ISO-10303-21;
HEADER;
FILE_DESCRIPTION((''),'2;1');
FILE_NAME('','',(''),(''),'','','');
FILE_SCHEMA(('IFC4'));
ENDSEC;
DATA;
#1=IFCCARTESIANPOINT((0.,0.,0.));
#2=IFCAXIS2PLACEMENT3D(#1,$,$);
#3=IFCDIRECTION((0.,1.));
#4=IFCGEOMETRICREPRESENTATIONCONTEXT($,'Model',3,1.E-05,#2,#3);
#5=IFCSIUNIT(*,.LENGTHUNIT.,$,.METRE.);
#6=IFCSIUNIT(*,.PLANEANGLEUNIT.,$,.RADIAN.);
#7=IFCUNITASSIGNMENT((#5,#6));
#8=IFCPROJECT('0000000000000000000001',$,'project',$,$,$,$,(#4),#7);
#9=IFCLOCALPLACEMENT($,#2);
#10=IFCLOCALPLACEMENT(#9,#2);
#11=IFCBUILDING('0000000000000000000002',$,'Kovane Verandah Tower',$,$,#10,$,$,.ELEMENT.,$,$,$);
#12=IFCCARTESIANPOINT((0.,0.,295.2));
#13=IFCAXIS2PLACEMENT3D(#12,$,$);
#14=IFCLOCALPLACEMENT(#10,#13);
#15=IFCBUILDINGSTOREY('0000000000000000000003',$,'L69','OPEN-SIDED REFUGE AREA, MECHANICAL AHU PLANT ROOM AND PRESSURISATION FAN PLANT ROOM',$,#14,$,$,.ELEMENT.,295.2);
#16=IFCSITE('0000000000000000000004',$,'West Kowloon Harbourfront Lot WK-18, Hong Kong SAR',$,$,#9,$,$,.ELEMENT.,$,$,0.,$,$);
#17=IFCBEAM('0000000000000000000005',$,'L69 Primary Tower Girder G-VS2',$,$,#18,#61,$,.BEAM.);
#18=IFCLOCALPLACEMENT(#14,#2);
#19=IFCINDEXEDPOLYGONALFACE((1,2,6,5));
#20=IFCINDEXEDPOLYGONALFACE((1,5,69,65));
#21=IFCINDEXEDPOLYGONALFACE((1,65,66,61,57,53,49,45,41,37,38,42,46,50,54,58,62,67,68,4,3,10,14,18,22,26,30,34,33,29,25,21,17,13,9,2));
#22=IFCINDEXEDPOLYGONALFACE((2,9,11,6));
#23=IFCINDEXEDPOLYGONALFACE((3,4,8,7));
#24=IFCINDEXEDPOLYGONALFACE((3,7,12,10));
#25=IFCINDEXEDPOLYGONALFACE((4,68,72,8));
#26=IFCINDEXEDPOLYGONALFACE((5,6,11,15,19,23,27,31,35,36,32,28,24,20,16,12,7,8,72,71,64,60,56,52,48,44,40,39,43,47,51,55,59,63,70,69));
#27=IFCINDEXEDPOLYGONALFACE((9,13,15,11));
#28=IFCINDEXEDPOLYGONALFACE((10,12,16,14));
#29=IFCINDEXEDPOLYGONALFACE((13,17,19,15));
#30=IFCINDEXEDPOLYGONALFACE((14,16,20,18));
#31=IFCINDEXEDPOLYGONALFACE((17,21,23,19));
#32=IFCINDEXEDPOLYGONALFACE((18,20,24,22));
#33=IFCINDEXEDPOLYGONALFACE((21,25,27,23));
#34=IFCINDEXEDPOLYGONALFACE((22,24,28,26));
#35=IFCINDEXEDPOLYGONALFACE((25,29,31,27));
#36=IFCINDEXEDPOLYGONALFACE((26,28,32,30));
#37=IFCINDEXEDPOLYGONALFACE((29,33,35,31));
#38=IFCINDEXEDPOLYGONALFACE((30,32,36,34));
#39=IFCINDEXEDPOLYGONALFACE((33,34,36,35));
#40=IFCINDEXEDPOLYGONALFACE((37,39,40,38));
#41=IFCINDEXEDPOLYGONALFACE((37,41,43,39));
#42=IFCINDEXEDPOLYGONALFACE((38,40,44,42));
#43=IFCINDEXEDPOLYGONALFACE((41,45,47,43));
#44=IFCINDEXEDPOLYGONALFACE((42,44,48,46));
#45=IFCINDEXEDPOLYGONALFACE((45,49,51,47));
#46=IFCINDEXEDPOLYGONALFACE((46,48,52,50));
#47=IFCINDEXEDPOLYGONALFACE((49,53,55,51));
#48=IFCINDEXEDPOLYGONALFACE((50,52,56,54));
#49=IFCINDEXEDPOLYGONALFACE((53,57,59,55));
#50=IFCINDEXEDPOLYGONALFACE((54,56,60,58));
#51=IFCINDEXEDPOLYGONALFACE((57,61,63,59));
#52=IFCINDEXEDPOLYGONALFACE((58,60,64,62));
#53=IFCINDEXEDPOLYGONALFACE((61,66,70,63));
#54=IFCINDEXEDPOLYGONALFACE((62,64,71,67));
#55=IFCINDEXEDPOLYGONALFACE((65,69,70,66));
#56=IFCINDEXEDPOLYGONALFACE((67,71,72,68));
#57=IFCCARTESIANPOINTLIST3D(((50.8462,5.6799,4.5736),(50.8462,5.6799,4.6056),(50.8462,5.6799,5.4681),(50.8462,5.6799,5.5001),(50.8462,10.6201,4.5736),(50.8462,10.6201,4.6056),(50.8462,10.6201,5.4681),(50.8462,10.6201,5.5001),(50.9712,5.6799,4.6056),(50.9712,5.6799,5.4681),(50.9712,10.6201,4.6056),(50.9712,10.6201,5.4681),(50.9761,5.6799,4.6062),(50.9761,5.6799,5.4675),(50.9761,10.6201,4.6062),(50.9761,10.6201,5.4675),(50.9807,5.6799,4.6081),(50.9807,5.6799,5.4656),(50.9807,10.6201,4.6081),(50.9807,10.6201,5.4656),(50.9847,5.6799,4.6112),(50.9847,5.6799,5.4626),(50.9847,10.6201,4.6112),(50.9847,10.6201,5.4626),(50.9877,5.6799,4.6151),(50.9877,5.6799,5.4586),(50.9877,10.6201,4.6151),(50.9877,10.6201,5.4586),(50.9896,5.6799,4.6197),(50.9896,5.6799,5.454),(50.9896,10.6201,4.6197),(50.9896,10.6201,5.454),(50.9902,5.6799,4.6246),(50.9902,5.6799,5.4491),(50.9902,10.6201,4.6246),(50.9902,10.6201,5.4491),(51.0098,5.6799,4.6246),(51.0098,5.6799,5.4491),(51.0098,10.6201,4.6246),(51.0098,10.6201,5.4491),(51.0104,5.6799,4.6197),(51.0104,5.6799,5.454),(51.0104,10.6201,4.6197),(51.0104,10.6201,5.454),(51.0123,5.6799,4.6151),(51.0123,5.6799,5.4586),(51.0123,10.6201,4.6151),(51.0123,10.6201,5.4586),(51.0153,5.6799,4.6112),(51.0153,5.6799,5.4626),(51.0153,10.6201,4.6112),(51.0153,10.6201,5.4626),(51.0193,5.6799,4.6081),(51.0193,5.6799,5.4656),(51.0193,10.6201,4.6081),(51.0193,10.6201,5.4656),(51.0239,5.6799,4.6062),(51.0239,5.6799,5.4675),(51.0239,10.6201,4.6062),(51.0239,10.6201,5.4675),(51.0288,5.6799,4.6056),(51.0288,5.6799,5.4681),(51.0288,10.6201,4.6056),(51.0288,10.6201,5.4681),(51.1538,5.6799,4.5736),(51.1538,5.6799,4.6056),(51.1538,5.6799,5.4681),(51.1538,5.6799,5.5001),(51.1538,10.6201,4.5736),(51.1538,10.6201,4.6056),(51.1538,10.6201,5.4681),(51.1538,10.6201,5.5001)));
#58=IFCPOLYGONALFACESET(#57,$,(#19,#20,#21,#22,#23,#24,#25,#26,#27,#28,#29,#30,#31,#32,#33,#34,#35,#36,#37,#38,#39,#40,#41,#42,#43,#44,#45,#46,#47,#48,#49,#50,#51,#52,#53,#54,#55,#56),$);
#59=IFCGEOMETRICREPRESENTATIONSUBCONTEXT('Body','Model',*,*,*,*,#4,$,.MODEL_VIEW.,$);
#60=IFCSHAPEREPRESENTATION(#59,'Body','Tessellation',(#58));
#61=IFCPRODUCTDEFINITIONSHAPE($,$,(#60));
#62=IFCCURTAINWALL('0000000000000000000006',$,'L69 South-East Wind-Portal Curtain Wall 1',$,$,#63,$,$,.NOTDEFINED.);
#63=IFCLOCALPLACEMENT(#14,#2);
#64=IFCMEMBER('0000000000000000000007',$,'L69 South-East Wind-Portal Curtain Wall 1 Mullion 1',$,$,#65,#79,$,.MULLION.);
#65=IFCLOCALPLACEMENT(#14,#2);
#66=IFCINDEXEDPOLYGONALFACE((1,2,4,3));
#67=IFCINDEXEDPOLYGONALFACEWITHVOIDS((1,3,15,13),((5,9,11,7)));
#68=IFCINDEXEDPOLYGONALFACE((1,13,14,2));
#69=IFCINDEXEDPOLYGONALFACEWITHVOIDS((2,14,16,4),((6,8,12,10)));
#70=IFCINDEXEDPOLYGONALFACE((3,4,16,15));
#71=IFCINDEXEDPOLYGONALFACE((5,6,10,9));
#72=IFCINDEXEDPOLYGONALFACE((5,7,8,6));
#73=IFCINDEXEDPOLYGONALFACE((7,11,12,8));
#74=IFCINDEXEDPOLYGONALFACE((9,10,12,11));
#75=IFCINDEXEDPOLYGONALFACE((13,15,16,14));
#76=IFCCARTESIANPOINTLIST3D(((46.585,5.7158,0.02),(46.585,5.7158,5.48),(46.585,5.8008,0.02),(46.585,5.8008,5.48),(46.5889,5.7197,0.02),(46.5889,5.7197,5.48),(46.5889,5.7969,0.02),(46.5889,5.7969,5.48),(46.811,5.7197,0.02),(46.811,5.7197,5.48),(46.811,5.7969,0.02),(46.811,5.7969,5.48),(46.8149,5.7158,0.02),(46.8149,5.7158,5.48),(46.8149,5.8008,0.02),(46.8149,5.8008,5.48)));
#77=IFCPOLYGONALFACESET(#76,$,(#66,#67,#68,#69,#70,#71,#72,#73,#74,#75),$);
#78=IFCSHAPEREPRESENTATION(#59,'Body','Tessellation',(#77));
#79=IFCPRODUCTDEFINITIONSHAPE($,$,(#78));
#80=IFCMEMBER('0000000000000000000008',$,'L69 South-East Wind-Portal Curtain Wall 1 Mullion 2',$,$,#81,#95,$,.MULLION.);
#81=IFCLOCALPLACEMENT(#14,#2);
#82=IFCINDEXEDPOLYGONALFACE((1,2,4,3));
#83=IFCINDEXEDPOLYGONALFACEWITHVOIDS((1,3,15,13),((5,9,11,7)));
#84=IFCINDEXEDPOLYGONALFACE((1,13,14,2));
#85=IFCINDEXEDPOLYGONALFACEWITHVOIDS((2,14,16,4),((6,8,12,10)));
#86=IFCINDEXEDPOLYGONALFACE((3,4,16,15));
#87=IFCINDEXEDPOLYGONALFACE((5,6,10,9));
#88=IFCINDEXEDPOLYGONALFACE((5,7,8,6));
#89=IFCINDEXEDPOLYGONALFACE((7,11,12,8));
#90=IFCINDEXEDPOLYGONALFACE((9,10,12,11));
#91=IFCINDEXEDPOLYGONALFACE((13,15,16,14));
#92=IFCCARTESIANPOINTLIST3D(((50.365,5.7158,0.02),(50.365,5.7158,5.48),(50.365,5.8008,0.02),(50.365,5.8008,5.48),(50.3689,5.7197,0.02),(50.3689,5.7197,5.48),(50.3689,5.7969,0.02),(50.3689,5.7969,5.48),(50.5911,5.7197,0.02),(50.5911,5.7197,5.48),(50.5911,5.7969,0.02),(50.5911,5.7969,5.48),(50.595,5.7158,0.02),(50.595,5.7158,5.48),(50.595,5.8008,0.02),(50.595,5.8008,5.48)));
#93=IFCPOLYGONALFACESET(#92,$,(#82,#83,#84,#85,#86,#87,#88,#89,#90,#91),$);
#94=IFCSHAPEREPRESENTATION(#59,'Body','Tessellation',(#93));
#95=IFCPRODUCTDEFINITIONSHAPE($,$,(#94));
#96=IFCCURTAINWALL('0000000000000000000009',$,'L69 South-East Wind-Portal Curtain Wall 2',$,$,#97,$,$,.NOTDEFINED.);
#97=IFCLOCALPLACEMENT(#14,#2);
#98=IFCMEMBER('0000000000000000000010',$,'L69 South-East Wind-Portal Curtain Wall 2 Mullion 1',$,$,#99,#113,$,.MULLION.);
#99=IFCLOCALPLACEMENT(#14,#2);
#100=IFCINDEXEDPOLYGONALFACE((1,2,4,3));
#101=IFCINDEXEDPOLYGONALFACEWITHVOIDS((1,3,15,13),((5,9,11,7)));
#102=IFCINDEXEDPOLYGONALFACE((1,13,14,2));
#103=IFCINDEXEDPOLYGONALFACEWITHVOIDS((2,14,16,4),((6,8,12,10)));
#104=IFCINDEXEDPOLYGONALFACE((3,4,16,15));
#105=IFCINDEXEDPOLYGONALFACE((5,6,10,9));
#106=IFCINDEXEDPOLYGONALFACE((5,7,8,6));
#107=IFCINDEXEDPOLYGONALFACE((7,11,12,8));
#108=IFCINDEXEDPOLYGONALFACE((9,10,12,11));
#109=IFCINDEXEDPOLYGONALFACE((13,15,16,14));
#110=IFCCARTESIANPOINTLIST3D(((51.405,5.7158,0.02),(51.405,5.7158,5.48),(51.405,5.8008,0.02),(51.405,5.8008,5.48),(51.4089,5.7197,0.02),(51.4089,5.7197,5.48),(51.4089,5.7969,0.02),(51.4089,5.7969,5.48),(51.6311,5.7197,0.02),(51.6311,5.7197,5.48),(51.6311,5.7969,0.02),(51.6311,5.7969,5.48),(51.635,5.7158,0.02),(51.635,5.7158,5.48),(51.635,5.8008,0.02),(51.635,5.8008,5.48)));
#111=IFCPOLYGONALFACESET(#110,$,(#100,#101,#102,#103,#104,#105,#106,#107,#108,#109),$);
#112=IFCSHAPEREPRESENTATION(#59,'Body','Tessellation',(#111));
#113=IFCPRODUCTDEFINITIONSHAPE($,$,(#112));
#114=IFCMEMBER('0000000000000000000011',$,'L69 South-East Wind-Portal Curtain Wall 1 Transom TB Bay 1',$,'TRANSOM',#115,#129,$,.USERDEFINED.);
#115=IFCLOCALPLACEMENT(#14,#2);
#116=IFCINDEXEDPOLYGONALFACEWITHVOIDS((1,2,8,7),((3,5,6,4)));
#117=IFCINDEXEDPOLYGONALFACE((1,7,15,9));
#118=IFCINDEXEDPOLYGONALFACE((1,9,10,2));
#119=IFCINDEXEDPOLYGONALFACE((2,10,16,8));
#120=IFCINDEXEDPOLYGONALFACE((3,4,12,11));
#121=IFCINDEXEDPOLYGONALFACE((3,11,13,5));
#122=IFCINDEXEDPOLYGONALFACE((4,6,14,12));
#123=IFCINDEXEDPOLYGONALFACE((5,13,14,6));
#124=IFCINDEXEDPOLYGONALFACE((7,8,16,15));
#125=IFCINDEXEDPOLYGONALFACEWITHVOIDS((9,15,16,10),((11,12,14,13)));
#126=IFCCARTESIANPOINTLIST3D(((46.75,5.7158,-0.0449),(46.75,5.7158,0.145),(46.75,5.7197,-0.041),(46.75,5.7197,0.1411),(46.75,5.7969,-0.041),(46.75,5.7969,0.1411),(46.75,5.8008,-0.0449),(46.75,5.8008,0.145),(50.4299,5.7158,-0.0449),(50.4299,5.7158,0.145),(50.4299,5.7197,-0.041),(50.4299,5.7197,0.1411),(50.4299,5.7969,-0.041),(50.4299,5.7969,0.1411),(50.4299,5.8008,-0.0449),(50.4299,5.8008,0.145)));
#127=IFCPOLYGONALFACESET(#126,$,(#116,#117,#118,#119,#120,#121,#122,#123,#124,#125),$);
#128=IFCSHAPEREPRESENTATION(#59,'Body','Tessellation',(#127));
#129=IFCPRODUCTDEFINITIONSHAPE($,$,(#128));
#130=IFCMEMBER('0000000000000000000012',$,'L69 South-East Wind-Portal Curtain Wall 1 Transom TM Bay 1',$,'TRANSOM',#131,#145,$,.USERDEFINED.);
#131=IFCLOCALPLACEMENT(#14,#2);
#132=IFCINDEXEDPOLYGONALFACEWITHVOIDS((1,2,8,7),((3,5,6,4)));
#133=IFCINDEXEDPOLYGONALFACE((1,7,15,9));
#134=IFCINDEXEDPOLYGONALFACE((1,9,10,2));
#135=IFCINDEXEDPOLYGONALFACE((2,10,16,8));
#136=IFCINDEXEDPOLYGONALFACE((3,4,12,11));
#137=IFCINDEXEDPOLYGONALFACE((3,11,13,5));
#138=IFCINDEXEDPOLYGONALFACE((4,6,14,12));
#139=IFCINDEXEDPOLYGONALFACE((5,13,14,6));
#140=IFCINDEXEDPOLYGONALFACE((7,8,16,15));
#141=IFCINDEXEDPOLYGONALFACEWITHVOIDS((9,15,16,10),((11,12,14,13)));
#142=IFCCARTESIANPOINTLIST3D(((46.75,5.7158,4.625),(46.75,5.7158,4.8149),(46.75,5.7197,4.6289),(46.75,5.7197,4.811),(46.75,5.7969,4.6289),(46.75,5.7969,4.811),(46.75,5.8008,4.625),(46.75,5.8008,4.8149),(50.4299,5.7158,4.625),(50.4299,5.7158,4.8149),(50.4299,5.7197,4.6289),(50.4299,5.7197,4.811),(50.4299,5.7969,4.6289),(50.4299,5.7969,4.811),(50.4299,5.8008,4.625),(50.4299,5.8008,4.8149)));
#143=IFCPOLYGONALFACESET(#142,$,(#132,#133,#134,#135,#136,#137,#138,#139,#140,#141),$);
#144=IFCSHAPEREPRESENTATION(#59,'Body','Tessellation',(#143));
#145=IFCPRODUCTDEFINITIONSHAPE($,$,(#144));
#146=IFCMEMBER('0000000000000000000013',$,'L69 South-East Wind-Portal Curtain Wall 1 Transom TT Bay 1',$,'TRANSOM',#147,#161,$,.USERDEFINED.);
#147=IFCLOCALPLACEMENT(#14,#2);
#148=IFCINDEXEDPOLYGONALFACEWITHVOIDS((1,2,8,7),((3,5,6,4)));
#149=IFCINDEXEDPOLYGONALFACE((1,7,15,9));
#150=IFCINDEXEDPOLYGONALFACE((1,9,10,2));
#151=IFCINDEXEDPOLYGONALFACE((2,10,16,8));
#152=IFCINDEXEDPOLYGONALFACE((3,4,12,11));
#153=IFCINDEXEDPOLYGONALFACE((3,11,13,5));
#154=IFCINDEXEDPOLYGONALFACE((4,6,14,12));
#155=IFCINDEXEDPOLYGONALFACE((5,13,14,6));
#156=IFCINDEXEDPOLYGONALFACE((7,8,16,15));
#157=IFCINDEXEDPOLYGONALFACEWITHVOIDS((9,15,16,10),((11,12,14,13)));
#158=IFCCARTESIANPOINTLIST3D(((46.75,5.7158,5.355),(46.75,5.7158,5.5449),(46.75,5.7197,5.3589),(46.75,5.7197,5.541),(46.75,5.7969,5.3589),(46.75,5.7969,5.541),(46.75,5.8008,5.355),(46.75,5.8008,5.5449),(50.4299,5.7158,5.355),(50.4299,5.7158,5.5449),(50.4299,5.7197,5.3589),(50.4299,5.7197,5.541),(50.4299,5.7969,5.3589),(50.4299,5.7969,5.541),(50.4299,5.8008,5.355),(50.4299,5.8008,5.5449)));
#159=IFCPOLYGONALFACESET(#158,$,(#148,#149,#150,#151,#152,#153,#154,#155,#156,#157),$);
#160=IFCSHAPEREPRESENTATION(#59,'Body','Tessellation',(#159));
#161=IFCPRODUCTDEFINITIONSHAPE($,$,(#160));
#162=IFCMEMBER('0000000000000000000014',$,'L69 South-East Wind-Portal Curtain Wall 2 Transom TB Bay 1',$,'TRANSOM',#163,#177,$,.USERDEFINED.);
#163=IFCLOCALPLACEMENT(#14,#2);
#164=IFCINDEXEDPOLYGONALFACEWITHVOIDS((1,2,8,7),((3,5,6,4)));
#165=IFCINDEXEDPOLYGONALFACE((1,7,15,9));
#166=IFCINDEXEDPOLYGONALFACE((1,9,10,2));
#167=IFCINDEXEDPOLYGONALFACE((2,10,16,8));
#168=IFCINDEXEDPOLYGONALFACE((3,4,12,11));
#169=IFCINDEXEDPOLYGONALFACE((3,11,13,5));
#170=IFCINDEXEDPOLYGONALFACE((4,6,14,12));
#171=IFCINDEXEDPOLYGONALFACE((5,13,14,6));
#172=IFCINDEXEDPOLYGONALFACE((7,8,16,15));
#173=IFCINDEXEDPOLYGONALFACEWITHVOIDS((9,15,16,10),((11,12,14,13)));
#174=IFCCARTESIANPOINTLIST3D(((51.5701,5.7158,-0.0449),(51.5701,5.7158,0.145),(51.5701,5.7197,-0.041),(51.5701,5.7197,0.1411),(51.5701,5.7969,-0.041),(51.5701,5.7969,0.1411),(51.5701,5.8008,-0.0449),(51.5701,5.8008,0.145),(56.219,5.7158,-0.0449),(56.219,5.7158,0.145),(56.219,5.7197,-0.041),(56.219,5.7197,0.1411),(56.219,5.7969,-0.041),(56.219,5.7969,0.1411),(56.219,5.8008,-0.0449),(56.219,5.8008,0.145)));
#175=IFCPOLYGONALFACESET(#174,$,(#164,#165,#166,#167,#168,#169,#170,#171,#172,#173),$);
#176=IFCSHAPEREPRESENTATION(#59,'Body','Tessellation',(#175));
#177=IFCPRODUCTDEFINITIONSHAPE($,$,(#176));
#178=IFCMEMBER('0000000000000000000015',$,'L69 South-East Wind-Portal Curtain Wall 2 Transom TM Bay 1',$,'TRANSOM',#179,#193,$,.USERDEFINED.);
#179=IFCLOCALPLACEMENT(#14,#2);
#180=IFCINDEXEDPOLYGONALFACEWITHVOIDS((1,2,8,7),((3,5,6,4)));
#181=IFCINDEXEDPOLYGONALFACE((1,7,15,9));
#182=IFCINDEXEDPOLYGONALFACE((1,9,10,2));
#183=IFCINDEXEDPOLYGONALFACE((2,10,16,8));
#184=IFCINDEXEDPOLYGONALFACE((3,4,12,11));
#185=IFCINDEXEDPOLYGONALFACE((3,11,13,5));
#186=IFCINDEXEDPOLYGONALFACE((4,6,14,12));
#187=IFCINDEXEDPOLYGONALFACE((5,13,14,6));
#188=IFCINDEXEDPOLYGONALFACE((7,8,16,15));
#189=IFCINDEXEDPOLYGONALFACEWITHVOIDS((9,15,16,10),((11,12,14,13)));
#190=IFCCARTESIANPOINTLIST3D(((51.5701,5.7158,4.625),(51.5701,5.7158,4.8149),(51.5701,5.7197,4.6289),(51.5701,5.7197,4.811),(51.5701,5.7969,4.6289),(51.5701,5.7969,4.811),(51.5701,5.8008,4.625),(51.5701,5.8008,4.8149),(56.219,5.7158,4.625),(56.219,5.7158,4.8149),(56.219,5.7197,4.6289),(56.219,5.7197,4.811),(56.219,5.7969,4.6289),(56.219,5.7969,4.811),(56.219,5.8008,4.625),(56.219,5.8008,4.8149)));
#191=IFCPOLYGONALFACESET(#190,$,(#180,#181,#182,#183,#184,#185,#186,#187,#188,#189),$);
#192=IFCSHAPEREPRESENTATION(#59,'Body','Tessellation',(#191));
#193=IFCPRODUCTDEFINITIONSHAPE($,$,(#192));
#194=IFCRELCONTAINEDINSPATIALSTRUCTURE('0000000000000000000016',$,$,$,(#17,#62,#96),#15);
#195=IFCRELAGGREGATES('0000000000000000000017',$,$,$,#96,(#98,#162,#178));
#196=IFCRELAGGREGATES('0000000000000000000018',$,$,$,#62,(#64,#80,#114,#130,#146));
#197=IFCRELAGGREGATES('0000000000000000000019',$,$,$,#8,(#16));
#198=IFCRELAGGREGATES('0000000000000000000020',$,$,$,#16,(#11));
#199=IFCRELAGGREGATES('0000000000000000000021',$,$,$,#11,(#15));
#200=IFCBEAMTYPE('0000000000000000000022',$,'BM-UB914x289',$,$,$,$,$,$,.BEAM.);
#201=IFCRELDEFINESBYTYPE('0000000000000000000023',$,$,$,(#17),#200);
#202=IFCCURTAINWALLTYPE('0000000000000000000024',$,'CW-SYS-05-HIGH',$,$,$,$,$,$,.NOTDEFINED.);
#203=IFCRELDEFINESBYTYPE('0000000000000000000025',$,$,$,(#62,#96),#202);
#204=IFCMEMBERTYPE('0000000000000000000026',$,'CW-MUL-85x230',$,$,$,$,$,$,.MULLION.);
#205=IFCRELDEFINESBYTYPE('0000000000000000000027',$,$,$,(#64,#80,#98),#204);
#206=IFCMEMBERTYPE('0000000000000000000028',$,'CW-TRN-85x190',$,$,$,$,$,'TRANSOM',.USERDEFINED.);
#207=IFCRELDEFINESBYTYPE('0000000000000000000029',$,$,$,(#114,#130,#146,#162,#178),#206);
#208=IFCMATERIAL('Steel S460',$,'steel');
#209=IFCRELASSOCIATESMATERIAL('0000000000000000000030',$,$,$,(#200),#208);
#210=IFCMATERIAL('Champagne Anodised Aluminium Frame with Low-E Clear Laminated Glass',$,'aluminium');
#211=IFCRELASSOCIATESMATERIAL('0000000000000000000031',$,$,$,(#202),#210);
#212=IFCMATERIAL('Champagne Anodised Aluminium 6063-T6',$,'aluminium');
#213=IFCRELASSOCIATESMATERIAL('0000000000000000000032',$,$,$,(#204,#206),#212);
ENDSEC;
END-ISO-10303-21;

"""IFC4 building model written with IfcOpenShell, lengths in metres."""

from ifc_helpers import new_model, si_unit, direction, frame, origin, origin_2d, place, context, subcontext, project, spatial, hollow_rectangle, i_section, extrude, material, material_profile, profile_set, type_object, element, aggregate, save


model = new_model("IFC4")

# Units and contexts
model_context = context("Model", 3, precision=1e-05, world=origin(), true_north=direction((0.0, 1.0)))
body_context = subcontext(model_context, "Body", "Model", "MODEL_VIEW")
ifc_project = project(units=[si_unit("LENGTHUNIT", "METRE"), si_unit("PLANEANGLEUNIT", "RADIAN")], contexts=[model_context])

# Site, building, storey
site_placement = place(None, origin())
site = spatial("IfcSite", under=ifc_project, at=site_placement, Name="West Kowloon Harbourfront Lot WK-18, Hong Kong SAR", CompositionType="ELEMENT", RefElevation=0.0)
building_placement = place(site_placement, origin())
building = spatial("IfcBuilding", under=site, at=building_placement, Name="Kovane Verandah Tower", CompositionType="ELEMENT")
storey_placement = place(building_placement, frame((0.0, 0.0, 295.2)))
storey = spatial("IfcBuildingStorey", under=building, at=storey_placement, Name="L69", Description="OPEN-SIDED REFUGE AREA, MECHANICAL AHU PLANT ROOM AND PRESSURISATION FAN PLANT ROOM", CompositionType="ELEMENT", Elevation=295.2)

# Shared definitions
ifc_material_1 = material(Name="Steel S460", Category="steel")

# Beam
ifc_material_profile_1 = material_profile(ifc_material_1, i_section(OverallWidth=0.3076, OverallDepth=0.9265, WebThickness=0.0195, FlangeThickness=0.032, FilletRadius=0.019, at=origin_2d()), Name="UB914x305x289")
ifc_profile_set_1 = profile_set([ifc_material_profile_1], Name="Steel S460")
beam_type = type_object("IfcBeamType", Name="BM-UB914x289", PredefinedType="BEAM", material=ifc_profile_set_1)
beam_1_placement = place(storey_placement, frame((51.0, 10.6201, 5.0369), z_axis=(0.0, -1.0, 0.0), x_axis=(1.0, 0.0, 0.0)))
element("IfcBeam", 1, at=beam_1_placement, inside=storey, type_object=beam_type, Name="L69 Primary Tower Girder G-VS2", PredefinedType="BEAM", context=body_context, shape_type="SweptSolid", body=[
    extrude(i_section(OverallWidth=0.3076, OverallDepth=0.9265, WebThickness=0.0195, FlangeThickness=0.032, FilletRadius=0.019, at=origin_2d()), origin(), (0.0, 0.0, 1.0), 4.9402),
])

# Curtain wall, members
ifc_material_2 = material(Name="Champagne Anodised Aluminium Frame with Low-E Clear Laminated Glass", Category="aluminium")
curtain_wall_type = type_object("IfcCurtainWallType", Name="CW-SYS-05-HIGH", PredefinedType="NOTDEFINED", material=ifc_material_2)
curtain_wall_1_placement = place(storey_placement, origin())
curtain_wall_1 = element("IfcCurtainWall", 2, at=curtain_wall_1_placement, inside=storey, type_object=curtain_wall_type, Name="L69 South-East Wind-Portal Curtain Wall 1", PredefinedType="NOTDEFINED")
ifc_material_3 = material(Name="Champagne Anodised Aluminium 6063-T6", Category="aluminium")
ifc_material_profile_2 = material_profile(ifc_material_3, hollow_rectangle(XDim=0.085, YDim=0.23, WallThickness=0.0039, at=origin_2d()), Name="AL85x230x4")
ifc_profile_set_2 = profile_set([ifc_material_profile_2], Name="Champagne Anodised Aluminium 6063-T6")
member_type_1 = type_object("IfcMemberType", Name="CW-MUL-85x230", PredefinedType="MULLION", material=ifc_profile_set_2)
member_1_placement = place(storey_placement, frame((46.7, 5.7583, 0.02), z_axis=(0.0, 0.0, 1.0), x_axis=(0.0, -1.0, 0.0)))
member_1 = element("IfcMember", 3, at=member_1_placement, type_object=member_type_1, Name="L69 South-East Wind-Portal Curtain Wall 1 Mullion 1", PredefinedType="MULLION", context=body_context, shape_type="SweptSolid", body=[
    extrude(hollow_rectangle(XDim=0.085, YDim=0.23, WallThickness=0.0039, at=origin_2d()), origin(), (0.0, 0.0, 1.0), 5.46),
])
member_2_placement = place(storey_placement, frame((50.48, 5.7583, 0.02), z_axis=(0.0, 0.0, 1.0), x_axis=(0.0, -1.0, 0.0)))
member_2 = element("IfcMember", 4, at=member_2_placement, type_object=member_type_1, Name="L69 South-East Wind-Portal Curtain Wall 1 Mullion 2", PredefinedType="MULLION", context=body_context, shape_type="SweptSolid", body=[
    extrude(hollow_rectangle(XDim=0.085, YDim=0.23, WallThickness=0.0039, at=origin_2d()), origin(), (0.0, 0.0, 1.0), 5.46),
])

# Curtain wall, member
curtain_wall_2_placement = place(storey_placement, origin())
curtain_wall_2 = element("IfcCurtainWall", 5, at=curtain_wall_2_placement, inside=storey, type_object=curtain_wall_type, Name="L69 South-East Wind-Portal Curtain Wall 2", PredefinedType="NOTDEFINED")
member_3_placement = place(storey_placement, frame((51.52, 5.7583, 0.02), z_axis=(0.0, 0.0, 1.0), x_axis=(0.0, -1.0, 0.0)))
member_3 = element("IfcMember", 6, at=member_3_placement, type_object=member_type_1, Name="L69 South-East Wind-Portal Curtain Wall 2 Mullion 1", PredefinedType="MULLION", context=body_context, shape_type="SweptSolid", body=[
    extrude(hollow_rectangle(XDim=0.085, YDim=0.23, WallThickness=0.0039, at=origin_2d()), origin(), (0.0, 0.0, 1.0), 5.46),
])

# Members
ifc_material_profile_3 = material_profile(ifc_material_3, hollow_rectangle(XDim=0.085, YDim=0.1899, WallThickness=0.0039, at=origin_2d()), Name="AL85x190x4")
ifc_profile_set_3 = profile_set([ifc_material_profile_3], Name="Champagne Anodised Aluminium 6063-T6")
member_type_2 = type_object("IfcMemberType", Name="CW-TRN-85x190", ElementType="TRANSOM", PredefinedType="USERDEFINED", material=ifc_profile_set_3)
member_4_placement = place(storey_placement, frame((46.75, 5.7583, 0.05), z_axis=(1.0, 0.0, 0.0), x_axis=(0.0, 1.0, 0.0)))
member_4 = element("IfcMember", 7, at=member_4_placement, type_object=member_type_2, Name="L69 South-East Wind-Portal Curtain Wall 1 Transom TB Bay 1", ObjectType="TRANSOM", PredefinedType="USERDEFINED", context=body_context, shape_type="SweptSolid", body=[
    extrude(hollow_rectangle(XDim=0.085, YDim=0.1899, WallThickness=0.0039, at=origin_2d()), origin(), (0.0, 0.0, 1.0), 3.6799),
])
member_5_placement = place(storey_placement, frame((46.75, 5.7583, 4.72), z_axis=(1.0, 0.0, 0.0), x_axis=(0.0, 1.0, 0.0)))
member_5 = element("IfcMember", 8, at=member_5_placement, type_object=member_type_2, Name="L69 South-East Wind-Portal Curtain Wall 1 Transom TM Bay 1", ObjectType="TRANSOM", PredefinedType="USERDEFINED", context=body_context, shape_type="SweptSolid", body=[
    extrude(hollow_rectangle(XDim=0.085, YDim=0.1899, WallThickness=0.0039, at=origin_2d()), origin(), (0.0, 0.0, 1.0), 3.6799),
])
member_6_placement = place(storey_placement, frame((46.75, 5.7583, 5.45), z_axis=(1.0, 0.0, 0.0), x_axis=(0.0, 1.0, 0.0)))
member_6 = element("IfcMember", 9, at=member_6_placement, type_object=member_type_2, Name="L69 South-East Wind-Portal Curtain Wall 1 Transom TT Bay 1", ObjectType="TRANSOM", PredefinedType="USERDEFINED", context=body_context, shape_type="SweptSolid", body=[
    extrude(hollow_rectangle(XDim=0.085, YDim=0.1899, WallThickness=0.0039, at=origin_2d()), origin(), (0.0, 0.0, 1.0), 3.6799),
])
member_7_placement = place(storey_placement, frame((51.5701, 5.7583, 0.05), z_axis=(1.0, 0.0, 0.0), x_axis=(0.0, 1.0, 0.0)))
member_7 = element("IfcMember", 10, at=member_7_placement, type_object=member_type_2, Name="L69 South-East Wind-Portal Curtain Wall 2 Transom TB Bay 1", ObjectType="TRANSOM", PredefinedType="USERDEFINED", context=body_context, shape_type="SweptSolid", body=[
    extrude(hollow_rectangle(XDim=0.085, YDim=0.1899, WallThickness=0.0039, at=origin_2d()), origin(), (0.0, 0.0, 1.0), 4.6489),
])
member_8_placement = place(storey_placement, frame((51.5701, 5.7583, 4.72), z_axis=(1.0, 0.0, 0.0), x_axis=(0.0, 1.0, 0.0)))
member_8 = element("IfcMember", 11, at=member_8_placement, type_object=member_type_2, Name="L69 South-East Wind-Portal Curtain Wall 2 Transom TM Bay 1", ObjectType="TRANSOM", PredefinedType="USERDEFINED", context=body_context, shape_type="SweptSolid", body=[
    extrude(hollow_rectangle(XDim=0.085, YDim=0.1899, WallThickness=0.0039, at=origin_2d()), origin(), (0.0, 0.0, 1.0), 4.6489),
])
aggregate(curtain_wall_2, [member_3, member_7, member_8])

aggregate(curtain_wall_1, [member_1, member_2, member_4, member_5, member_6])

save(model, "model.ifc")
